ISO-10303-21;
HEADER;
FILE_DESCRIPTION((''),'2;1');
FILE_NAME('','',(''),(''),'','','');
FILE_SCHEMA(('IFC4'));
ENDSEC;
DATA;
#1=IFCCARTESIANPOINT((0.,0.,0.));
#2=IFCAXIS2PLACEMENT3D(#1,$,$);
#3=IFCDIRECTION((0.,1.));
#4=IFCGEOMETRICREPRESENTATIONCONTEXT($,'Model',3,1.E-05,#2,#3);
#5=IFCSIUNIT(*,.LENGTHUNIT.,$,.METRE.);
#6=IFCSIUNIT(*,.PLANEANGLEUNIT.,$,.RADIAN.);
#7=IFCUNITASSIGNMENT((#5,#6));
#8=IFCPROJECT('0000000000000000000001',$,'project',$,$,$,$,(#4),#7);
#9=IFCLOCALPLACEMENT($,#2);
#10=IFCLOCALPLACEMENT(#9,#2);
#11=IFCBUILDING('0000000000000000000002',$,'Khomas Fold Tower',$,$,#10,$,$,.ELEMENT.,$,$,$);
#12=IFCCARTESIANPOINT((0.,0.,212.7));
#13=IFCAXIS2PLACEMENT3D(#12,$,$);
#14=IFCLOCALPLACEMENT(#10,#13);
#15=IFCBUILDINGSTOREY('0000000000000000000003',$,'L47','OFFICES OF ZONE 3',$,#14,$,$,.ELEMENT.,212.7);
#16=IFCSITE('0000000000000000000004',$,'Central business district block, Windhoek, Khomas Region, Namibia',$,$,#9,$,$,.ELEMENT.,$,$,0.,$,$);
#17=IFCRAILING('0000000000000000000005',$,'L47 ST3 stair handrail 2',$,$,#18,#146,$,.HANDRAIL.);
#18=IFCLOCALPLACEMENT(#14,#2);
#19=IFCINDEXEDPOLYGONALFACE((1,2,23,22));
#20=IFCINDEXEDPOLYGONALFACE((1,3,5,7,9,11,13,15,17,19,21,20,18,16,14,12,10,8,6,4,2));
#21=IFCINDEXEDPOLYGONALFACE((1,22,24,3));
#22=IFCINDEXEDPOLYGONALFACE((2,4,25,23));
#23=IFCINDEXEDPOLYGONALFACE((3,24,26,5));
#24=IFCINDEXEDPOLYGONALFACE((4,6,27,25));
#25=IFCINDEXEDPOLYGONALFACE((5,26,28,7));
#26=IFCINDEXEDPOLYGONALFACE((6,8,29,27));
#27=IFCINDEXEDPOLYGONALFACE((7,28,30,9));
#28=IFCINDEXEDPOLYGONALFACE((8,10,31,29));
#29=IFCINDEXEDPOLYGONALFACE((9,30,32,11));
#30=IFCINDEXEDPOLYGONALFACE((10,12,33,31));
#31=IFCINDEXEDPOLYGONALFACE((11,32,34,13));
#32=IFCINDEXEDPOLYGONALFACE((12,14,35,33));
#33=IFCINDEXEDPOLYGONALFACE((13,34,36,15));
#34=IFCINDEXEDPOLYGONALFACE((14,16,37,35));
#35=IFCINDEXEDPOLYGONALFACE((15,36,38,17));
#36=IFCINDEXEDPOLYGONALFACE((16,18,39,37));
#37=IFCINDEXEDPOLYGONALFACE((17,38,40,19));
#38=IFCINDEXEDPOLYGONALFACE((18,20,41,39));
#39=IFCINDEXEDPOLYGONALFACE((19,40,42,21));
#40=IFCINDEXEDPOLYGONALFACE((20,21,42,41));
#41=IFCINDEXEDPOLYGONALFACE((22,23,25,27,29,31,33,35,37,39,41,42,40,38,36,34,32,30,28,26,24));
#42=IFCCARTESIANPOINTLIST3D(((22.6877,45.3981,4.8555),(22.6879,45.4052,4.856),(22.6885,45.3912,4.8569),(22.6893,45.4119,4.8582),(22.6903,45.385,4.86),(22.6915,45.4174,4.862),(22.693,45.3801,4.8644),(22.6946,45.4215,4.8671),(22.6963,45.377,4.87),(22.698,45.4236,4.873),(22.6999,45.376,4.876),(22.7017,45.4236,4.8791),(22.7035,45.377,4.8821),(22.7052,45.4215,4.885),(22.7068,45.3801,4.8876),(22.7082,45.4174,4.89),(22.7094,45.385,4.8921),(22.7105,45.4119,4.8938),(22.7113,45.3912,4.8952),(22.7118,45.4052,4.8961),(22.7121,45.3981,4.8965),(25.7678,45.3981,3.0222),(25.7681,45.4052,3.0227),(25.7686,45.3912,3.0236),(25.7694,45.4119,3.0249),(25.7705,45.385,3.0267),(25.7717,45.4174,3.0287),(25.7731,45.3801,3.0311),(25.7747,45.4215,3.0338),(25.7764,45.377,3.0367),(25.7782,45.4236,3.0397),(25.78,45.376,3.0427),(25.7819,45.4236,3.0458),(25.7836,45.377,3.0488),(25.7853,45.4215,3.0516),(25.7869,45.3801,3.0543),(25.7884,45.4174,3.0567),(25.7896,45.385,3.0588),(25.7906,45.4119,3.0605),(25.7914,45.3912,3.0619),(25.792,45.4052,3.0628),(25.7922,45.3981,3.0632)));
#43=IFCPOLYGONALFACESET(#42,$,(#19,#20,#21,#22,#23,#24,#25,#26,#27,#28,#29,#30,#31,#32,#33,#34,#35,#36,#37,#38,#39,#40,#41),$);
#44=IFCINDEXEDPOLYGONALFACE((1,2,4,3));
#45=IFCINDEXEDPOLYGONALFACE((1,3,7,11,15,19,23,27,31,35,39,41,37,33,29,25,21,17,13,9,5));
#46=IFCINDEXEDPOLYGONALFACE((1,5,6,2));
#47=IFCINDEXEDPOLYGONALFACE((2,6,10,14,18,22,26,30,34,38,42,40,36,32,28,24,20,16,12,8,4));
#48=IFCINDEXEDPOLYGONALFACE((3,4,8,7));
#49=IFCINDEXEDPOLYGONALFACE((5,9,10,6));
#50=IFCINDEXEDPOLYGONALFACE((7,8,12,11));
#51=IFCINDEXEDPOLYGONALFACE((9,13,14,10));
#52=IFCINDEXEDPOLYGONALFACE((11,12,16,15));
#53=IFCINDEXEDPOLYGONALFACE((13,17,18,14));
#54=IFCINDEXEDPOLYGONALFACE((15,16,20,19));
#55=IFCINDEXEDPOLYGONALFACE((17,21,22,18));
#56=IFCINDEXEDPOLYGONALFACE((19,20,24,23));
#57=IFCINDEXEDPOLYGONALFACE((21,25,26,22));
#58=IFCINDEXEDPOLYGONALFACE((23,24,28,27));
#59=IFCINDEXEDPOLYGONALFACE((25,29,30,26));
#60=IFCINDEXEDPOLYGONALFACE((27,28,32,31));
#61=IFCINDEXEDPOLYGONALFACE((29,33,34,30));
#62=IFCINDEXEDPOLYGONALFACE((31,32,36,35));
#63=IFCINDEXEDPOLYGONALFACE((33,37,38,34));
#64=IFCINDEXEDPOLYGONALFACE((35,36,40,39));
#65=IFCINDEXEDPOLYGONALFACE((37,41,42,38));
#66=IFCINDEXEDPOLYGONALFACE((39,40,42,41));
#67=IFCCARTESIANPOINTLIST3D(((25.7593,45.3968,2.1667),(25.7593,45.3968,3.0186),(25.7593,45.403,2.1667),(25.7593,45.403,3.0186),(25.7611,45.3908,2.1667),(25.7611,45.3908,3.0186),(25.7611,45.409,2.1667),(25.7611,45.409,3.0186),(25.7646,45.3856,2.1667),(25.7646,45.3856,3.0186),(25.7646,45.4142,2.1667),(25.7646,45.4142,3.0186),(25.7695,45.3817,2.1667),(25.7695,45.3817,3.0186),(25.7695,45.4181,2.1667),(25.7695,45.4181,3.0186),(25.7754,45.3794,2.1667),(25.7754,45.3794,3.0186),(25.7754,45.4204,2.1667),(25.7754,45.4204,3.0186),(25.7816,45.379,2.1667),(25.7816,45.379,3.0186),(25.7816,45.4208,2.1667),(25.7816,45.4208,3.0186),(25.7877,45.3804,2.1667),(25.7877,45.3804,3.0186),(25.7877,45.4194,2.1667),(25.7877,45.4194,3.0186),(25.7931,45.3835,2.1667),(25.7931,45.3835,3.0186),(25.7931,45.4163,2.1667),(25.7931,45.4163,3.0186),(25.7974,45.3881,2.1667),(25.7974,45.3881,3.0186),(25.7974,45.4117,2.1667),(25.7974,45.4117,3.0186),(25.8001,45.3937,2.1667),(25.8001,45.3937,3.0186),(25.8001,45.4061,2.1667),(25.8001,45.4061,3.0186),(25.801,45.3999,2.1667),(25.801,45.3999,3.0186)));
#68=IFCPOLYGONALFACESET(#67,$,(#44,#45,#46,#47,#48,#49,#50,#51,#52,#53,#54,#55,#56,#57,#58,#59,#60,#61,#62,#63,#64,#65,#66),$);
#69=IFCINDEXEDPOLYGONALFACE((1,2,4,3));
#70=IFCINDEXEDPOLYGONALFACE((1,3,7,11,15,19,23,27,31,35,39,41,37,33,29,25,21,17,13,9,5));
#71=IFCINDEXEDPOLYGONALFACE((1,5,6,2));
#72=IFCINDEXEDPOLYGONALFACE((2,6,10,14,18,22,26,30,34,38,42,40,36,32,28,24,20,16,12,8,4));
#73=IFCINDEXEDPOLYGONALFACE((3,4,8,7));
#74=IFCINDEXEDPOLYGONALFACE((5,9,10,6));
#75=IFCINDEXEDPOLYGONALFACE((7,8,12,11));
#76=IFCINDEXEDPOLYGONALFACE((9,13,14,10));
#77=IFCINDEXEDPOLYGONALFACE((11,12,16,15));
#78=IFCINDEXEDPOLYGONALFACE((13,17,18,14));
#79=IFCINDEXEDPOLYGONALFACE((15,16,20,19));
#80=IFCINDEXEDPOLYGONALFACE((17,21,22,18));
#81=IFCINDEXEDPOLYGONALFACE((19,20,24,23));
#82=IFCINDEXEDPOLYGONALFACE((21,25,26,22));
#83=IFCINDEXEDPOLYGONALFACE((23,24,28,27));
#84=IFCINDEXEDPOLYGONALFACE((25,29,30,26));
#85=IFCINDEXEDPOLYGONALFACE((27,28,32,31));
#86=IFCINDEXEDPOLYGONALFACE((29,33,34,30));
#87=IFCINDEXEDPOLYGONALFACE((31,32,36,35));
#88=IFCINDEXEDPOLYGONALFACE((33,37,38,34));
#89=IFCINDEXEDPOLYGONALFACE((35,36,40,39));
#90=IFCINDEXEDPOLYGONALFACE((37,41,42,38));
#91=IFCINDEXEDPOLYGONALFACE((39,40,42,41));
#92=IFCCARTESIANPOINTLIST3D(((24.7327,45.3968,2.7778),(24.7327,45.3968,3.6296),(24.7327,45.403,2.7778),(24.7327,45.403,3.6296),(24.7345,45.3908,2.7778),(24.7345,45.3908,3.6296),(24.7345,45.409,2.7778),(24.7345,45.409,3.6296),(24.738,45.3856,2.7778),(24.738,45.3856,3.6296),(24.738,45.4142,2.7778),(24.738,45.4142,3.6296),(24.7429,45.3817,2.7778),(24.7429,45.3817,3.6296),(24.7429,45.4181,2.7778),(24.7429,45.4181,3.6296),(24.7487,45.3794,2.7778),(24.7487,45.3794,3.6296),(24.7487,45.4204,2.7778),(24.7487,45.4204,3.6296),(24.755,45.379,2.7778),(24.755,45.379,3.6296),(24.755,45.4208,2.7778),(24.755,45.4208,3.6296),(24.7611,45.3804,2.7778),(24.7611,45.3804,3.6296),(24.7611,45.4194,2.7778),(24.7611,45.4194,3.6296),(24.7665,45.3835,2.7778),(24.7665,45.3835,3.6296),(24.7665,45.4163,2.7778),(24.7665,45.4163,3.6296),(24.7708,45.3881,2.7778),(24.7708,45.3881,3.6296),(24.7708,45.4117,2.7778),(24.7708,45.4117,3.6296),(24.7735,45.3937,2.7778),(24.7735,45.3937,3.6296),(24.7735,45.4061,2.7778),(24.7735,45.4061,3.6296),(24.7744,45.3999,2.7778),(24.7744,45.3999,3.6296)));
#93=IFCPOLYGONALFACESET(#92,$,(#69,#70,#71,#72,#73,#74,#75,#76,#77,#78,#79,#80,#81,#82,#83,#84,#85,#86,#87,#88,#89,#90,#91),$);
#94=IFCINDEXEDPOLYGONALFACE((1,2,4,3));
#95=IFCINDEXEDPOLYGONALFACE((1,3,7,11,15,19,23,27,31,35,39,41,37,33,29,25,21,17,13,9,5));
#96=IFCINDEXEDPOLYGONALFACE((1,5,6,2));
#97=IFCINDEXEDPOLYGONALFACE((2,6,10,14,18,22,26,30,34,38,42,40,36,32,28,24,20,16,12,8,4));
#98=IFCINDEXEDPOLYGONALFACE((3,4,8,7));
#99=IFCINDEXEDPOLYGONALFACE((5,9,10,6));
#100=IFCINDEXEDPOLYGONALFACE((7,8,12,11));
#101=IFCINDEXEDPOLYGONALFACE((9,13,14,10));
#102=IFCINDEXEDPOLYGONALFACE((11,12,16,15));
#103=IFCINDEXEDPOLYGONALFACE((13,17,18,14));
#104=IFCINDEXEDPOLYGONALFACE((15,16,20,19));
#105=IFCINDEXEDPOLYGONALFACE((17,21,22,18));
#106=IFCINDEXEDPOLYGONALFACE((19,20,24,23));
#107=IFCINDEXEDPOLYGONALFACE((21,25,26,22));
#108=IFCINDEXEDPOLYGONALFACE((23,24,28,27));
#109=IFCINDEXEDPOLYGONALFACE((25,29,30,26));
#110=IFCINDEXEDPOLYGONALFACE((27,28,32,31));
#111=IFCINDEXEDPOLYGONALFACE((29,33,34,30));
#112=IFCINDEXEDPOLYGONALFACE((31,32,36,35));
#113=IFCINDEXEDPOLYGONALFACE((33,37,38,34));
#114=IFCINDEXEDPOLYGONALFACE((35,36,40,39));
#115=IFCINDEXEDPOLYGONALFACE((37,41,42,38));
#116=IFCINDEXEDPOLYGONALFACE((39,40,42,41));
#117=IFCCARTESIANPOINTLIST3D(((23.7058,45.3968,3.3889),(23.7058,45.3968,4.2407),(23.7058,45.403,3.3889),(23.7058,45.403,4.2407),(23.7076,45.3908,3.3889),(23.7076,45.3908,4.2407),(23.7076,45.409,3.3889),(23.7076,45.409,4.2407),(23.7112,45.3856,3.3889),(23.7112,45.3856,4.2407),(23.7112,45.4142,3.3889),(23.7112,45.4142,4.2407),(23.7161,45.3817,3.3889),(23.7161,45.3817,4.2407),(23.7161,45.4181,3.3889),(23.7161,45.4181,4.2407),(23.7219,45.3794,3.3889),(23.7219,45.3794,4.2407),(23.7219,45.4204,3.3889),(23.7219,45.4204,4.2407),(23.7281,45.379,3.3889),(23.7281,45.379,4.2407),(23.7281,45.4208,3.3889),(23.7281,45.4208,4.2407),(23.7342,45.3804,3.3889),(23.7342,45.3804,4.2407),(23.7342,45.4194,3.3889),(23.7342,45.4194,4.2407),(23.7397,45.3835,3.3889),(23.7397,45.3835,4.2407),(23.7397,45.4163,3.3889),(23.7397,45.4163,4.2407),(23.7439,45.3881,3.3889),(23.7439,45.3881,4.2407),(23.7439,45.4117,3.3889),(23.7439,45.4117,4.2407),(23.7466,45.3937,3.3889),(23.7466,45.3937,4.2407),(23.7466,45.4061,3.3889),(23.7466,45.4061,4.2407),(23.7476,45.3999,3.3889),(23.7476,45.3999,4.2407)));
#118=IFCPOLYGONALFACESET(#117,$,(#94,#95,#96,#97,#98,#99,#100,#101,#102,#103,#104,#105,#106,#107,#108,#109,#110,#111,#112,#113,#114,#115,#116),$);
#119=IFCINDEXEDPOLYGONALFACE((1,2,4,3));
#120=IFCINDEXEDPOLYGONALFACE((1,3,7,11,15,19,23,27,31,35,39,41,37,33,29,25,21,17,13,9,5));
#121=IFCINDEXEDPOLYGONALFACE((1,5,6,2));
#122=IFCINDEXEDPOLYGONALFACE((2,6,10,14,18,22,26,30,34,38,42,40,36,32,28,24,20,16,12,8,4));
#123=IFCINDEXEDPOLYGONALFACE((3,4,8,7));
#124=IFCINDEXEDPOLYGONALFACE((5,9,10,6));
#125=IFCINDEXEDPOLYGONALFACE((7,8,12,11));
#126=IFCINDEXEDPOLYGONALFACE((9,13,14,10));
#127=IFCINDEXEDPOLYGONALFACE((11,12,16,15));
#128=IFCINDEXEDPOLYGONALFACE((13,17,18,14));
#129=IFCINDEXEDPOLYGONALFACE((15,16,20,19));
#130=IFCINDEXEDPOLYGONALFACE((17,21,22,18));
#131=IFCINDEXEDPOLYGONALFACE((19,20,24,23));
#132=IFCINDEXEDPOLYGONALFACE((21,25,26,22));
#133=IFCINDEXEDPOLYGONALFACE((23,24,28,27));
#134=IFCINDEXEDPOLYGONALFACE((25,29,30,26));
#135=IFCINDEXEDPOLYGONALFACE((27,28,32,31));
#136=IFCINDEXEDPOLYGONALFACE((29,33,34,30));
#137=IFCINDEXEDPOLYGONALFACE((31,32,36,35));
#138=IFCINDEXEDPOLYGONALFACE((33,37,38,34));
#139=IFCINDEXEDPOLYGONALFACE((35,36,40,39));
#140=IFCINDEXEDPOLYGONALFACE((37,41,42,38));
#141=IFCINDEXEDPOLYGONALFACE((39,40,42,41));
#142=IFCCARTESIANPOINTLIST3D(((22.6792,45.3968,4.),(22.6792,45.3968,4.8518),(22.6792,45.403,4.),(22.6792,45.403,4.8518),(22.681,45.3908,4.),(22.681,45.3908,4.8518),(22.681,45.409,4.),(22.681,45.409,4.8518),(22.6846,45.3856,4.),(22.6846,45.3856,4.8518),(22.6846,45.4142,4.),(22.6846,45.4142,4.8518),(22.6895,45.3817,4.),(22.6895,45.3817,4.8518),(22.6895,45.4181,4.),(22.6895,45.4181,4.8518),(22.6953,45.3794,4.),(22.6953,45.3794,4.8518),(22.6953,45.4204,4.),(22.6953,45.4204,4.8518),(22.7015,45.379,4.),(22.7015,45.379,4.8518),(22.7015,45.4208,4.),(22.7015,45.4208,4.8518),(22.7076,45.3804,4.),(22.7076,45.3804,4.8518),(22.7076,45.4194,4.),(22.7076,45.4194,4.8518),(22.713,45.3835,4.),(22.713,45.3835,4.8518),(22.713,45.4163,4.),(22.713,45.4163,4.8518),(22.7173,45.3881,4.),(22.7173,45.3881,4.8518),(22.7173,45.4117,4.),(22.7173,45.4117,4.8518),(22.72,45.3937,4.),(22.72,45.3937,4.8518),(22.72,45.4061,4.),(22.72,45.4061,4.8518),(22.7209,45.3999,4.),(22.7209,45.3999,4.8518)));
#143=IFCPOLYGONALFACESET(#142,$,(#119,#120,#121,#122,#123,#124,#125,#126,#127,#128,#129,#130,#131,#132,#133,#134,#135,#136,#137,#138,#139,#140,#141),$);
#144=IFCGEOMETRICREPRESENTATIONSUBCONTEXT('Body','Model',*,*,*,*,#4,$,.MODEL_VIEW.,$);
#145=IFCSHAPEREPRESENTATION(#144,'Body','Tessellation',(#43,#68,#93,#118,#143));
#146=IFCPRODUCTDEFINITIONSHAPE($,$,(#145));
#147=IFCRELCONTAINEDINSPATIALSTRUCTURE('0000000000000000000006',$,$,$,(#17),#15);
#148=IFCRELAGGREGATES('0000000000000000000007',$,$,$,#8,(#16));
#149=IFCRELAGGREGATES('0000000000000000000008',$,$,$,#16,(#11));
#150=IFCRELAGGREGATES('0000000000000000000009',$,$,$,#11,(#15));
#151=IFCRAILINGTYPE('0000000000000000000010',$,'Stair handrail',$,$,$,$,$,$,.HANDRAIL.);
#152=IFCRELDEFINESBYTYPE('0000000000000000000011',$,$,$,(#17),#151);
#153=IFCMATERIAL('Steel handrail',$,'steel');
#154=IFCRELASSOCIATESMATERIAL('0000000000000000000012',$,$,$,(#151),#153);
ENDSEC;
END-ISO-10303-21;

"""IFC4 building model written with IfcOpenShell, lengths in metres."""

from ifc_helpers import new_model, si_unit, direction, frame, origin, origin_2d, place, context, subcontext, project, spatial, circle, extrude, source, transform, mapped, material, type_object, element, save


model = new_model("IFC4")

# Units and contexts
model_context = context("Model", 3, precision=1e-05, world=origin(), true_north=direction((0.0, 1.0)))
body_context = subcontext(model_context, "Body", "Model", "MODEL_VIEW")
ifc_project = project(units=[si_unit("LENGTHUNIT", "METRE"), si_unit("PLANEANGLEUNIT", "RADIAN")], contexts=[model_context])

# Site, building, storey
site_placement = place(None, origin())
site = spatial("IfcSite", under=ifc_project, at=site_placement, Name="Central business district block, Windhoek, Khomas Region, Namibia", CompositionType="ELEMENT", RefElevation=0.0)
building_placement = place(site_placement, origin())
building = spatial("IfcBuilding", under=site, at=building_placement, Name="Khomas Fold Tower", CompositionType="ELEMENT")
storey_placement = place(building_placement, frame((0.0, 0.0, 212.7)))
storey = spatial("IfcBuildingStorey", under=building, at=storey_placement, Name="L47", Description="OFFICES OF ZONE 3", CompositionType="ELEMENT", Elevation=212.7)

# Railing
ifc_material_1 = material(Name="Steel handrail", Category="steel")
railing_type_1 = type_object("IfcRailingType", Name="Stair handrail", PredefinedType="HANDRAIL", material=ifc_material_1)
shared_shape_1 = source(origin(), body_context, "Body", "SweptSolid", [
    extrude(circle(Radius=0.0239, at=origin_2d()), frame((0.0, 0.0, 0.876), z_axis=(-0.859309, 0.0, 0.511458), x_axis=(0.0, -1.0, 0.0)), (0.0, 0.0, 1.0), 3.5845),
    extrude(circle(Radius=0.021, at=origin_2d()), origin(), (0.0, 0.0, 1.0), 0.8518),
    extrude(circle(Radius=0.021, at=origin_2d()), frame((-1.0266, 0.0, 0.6111)), (0.0, 0.0, 1.0), 0.8518),
    extrude(circle(Radius=0.021, at=origin_2d()), frame((-2.0535, 0.0, 1.2222)), (0.0, 0.0, 1.0), 0.8518),
    extrude(circle(Radius=0.021, at=origin_2d()), frame((-3.0801, 0.0, 1.8333)), (0.0, 0.0, 1.0), 0.8518),
])
railing_1_placement = place(storey_placement, frame((25.78, 45.3999, 2.1667)))
element("IfcRailing", 1, at=railing_1_placement, inside=storey, type_object=railing_type_1, Name="L47 ST3 stair handrail 2", PredefinedType="HANDRAIL", context=body_context, shape_type="MappedRepresentation", body=[
    mapped(shared_shape_1, transform((0.0, 0.0, 0.0))),
])

save(model, "model.ifc")
